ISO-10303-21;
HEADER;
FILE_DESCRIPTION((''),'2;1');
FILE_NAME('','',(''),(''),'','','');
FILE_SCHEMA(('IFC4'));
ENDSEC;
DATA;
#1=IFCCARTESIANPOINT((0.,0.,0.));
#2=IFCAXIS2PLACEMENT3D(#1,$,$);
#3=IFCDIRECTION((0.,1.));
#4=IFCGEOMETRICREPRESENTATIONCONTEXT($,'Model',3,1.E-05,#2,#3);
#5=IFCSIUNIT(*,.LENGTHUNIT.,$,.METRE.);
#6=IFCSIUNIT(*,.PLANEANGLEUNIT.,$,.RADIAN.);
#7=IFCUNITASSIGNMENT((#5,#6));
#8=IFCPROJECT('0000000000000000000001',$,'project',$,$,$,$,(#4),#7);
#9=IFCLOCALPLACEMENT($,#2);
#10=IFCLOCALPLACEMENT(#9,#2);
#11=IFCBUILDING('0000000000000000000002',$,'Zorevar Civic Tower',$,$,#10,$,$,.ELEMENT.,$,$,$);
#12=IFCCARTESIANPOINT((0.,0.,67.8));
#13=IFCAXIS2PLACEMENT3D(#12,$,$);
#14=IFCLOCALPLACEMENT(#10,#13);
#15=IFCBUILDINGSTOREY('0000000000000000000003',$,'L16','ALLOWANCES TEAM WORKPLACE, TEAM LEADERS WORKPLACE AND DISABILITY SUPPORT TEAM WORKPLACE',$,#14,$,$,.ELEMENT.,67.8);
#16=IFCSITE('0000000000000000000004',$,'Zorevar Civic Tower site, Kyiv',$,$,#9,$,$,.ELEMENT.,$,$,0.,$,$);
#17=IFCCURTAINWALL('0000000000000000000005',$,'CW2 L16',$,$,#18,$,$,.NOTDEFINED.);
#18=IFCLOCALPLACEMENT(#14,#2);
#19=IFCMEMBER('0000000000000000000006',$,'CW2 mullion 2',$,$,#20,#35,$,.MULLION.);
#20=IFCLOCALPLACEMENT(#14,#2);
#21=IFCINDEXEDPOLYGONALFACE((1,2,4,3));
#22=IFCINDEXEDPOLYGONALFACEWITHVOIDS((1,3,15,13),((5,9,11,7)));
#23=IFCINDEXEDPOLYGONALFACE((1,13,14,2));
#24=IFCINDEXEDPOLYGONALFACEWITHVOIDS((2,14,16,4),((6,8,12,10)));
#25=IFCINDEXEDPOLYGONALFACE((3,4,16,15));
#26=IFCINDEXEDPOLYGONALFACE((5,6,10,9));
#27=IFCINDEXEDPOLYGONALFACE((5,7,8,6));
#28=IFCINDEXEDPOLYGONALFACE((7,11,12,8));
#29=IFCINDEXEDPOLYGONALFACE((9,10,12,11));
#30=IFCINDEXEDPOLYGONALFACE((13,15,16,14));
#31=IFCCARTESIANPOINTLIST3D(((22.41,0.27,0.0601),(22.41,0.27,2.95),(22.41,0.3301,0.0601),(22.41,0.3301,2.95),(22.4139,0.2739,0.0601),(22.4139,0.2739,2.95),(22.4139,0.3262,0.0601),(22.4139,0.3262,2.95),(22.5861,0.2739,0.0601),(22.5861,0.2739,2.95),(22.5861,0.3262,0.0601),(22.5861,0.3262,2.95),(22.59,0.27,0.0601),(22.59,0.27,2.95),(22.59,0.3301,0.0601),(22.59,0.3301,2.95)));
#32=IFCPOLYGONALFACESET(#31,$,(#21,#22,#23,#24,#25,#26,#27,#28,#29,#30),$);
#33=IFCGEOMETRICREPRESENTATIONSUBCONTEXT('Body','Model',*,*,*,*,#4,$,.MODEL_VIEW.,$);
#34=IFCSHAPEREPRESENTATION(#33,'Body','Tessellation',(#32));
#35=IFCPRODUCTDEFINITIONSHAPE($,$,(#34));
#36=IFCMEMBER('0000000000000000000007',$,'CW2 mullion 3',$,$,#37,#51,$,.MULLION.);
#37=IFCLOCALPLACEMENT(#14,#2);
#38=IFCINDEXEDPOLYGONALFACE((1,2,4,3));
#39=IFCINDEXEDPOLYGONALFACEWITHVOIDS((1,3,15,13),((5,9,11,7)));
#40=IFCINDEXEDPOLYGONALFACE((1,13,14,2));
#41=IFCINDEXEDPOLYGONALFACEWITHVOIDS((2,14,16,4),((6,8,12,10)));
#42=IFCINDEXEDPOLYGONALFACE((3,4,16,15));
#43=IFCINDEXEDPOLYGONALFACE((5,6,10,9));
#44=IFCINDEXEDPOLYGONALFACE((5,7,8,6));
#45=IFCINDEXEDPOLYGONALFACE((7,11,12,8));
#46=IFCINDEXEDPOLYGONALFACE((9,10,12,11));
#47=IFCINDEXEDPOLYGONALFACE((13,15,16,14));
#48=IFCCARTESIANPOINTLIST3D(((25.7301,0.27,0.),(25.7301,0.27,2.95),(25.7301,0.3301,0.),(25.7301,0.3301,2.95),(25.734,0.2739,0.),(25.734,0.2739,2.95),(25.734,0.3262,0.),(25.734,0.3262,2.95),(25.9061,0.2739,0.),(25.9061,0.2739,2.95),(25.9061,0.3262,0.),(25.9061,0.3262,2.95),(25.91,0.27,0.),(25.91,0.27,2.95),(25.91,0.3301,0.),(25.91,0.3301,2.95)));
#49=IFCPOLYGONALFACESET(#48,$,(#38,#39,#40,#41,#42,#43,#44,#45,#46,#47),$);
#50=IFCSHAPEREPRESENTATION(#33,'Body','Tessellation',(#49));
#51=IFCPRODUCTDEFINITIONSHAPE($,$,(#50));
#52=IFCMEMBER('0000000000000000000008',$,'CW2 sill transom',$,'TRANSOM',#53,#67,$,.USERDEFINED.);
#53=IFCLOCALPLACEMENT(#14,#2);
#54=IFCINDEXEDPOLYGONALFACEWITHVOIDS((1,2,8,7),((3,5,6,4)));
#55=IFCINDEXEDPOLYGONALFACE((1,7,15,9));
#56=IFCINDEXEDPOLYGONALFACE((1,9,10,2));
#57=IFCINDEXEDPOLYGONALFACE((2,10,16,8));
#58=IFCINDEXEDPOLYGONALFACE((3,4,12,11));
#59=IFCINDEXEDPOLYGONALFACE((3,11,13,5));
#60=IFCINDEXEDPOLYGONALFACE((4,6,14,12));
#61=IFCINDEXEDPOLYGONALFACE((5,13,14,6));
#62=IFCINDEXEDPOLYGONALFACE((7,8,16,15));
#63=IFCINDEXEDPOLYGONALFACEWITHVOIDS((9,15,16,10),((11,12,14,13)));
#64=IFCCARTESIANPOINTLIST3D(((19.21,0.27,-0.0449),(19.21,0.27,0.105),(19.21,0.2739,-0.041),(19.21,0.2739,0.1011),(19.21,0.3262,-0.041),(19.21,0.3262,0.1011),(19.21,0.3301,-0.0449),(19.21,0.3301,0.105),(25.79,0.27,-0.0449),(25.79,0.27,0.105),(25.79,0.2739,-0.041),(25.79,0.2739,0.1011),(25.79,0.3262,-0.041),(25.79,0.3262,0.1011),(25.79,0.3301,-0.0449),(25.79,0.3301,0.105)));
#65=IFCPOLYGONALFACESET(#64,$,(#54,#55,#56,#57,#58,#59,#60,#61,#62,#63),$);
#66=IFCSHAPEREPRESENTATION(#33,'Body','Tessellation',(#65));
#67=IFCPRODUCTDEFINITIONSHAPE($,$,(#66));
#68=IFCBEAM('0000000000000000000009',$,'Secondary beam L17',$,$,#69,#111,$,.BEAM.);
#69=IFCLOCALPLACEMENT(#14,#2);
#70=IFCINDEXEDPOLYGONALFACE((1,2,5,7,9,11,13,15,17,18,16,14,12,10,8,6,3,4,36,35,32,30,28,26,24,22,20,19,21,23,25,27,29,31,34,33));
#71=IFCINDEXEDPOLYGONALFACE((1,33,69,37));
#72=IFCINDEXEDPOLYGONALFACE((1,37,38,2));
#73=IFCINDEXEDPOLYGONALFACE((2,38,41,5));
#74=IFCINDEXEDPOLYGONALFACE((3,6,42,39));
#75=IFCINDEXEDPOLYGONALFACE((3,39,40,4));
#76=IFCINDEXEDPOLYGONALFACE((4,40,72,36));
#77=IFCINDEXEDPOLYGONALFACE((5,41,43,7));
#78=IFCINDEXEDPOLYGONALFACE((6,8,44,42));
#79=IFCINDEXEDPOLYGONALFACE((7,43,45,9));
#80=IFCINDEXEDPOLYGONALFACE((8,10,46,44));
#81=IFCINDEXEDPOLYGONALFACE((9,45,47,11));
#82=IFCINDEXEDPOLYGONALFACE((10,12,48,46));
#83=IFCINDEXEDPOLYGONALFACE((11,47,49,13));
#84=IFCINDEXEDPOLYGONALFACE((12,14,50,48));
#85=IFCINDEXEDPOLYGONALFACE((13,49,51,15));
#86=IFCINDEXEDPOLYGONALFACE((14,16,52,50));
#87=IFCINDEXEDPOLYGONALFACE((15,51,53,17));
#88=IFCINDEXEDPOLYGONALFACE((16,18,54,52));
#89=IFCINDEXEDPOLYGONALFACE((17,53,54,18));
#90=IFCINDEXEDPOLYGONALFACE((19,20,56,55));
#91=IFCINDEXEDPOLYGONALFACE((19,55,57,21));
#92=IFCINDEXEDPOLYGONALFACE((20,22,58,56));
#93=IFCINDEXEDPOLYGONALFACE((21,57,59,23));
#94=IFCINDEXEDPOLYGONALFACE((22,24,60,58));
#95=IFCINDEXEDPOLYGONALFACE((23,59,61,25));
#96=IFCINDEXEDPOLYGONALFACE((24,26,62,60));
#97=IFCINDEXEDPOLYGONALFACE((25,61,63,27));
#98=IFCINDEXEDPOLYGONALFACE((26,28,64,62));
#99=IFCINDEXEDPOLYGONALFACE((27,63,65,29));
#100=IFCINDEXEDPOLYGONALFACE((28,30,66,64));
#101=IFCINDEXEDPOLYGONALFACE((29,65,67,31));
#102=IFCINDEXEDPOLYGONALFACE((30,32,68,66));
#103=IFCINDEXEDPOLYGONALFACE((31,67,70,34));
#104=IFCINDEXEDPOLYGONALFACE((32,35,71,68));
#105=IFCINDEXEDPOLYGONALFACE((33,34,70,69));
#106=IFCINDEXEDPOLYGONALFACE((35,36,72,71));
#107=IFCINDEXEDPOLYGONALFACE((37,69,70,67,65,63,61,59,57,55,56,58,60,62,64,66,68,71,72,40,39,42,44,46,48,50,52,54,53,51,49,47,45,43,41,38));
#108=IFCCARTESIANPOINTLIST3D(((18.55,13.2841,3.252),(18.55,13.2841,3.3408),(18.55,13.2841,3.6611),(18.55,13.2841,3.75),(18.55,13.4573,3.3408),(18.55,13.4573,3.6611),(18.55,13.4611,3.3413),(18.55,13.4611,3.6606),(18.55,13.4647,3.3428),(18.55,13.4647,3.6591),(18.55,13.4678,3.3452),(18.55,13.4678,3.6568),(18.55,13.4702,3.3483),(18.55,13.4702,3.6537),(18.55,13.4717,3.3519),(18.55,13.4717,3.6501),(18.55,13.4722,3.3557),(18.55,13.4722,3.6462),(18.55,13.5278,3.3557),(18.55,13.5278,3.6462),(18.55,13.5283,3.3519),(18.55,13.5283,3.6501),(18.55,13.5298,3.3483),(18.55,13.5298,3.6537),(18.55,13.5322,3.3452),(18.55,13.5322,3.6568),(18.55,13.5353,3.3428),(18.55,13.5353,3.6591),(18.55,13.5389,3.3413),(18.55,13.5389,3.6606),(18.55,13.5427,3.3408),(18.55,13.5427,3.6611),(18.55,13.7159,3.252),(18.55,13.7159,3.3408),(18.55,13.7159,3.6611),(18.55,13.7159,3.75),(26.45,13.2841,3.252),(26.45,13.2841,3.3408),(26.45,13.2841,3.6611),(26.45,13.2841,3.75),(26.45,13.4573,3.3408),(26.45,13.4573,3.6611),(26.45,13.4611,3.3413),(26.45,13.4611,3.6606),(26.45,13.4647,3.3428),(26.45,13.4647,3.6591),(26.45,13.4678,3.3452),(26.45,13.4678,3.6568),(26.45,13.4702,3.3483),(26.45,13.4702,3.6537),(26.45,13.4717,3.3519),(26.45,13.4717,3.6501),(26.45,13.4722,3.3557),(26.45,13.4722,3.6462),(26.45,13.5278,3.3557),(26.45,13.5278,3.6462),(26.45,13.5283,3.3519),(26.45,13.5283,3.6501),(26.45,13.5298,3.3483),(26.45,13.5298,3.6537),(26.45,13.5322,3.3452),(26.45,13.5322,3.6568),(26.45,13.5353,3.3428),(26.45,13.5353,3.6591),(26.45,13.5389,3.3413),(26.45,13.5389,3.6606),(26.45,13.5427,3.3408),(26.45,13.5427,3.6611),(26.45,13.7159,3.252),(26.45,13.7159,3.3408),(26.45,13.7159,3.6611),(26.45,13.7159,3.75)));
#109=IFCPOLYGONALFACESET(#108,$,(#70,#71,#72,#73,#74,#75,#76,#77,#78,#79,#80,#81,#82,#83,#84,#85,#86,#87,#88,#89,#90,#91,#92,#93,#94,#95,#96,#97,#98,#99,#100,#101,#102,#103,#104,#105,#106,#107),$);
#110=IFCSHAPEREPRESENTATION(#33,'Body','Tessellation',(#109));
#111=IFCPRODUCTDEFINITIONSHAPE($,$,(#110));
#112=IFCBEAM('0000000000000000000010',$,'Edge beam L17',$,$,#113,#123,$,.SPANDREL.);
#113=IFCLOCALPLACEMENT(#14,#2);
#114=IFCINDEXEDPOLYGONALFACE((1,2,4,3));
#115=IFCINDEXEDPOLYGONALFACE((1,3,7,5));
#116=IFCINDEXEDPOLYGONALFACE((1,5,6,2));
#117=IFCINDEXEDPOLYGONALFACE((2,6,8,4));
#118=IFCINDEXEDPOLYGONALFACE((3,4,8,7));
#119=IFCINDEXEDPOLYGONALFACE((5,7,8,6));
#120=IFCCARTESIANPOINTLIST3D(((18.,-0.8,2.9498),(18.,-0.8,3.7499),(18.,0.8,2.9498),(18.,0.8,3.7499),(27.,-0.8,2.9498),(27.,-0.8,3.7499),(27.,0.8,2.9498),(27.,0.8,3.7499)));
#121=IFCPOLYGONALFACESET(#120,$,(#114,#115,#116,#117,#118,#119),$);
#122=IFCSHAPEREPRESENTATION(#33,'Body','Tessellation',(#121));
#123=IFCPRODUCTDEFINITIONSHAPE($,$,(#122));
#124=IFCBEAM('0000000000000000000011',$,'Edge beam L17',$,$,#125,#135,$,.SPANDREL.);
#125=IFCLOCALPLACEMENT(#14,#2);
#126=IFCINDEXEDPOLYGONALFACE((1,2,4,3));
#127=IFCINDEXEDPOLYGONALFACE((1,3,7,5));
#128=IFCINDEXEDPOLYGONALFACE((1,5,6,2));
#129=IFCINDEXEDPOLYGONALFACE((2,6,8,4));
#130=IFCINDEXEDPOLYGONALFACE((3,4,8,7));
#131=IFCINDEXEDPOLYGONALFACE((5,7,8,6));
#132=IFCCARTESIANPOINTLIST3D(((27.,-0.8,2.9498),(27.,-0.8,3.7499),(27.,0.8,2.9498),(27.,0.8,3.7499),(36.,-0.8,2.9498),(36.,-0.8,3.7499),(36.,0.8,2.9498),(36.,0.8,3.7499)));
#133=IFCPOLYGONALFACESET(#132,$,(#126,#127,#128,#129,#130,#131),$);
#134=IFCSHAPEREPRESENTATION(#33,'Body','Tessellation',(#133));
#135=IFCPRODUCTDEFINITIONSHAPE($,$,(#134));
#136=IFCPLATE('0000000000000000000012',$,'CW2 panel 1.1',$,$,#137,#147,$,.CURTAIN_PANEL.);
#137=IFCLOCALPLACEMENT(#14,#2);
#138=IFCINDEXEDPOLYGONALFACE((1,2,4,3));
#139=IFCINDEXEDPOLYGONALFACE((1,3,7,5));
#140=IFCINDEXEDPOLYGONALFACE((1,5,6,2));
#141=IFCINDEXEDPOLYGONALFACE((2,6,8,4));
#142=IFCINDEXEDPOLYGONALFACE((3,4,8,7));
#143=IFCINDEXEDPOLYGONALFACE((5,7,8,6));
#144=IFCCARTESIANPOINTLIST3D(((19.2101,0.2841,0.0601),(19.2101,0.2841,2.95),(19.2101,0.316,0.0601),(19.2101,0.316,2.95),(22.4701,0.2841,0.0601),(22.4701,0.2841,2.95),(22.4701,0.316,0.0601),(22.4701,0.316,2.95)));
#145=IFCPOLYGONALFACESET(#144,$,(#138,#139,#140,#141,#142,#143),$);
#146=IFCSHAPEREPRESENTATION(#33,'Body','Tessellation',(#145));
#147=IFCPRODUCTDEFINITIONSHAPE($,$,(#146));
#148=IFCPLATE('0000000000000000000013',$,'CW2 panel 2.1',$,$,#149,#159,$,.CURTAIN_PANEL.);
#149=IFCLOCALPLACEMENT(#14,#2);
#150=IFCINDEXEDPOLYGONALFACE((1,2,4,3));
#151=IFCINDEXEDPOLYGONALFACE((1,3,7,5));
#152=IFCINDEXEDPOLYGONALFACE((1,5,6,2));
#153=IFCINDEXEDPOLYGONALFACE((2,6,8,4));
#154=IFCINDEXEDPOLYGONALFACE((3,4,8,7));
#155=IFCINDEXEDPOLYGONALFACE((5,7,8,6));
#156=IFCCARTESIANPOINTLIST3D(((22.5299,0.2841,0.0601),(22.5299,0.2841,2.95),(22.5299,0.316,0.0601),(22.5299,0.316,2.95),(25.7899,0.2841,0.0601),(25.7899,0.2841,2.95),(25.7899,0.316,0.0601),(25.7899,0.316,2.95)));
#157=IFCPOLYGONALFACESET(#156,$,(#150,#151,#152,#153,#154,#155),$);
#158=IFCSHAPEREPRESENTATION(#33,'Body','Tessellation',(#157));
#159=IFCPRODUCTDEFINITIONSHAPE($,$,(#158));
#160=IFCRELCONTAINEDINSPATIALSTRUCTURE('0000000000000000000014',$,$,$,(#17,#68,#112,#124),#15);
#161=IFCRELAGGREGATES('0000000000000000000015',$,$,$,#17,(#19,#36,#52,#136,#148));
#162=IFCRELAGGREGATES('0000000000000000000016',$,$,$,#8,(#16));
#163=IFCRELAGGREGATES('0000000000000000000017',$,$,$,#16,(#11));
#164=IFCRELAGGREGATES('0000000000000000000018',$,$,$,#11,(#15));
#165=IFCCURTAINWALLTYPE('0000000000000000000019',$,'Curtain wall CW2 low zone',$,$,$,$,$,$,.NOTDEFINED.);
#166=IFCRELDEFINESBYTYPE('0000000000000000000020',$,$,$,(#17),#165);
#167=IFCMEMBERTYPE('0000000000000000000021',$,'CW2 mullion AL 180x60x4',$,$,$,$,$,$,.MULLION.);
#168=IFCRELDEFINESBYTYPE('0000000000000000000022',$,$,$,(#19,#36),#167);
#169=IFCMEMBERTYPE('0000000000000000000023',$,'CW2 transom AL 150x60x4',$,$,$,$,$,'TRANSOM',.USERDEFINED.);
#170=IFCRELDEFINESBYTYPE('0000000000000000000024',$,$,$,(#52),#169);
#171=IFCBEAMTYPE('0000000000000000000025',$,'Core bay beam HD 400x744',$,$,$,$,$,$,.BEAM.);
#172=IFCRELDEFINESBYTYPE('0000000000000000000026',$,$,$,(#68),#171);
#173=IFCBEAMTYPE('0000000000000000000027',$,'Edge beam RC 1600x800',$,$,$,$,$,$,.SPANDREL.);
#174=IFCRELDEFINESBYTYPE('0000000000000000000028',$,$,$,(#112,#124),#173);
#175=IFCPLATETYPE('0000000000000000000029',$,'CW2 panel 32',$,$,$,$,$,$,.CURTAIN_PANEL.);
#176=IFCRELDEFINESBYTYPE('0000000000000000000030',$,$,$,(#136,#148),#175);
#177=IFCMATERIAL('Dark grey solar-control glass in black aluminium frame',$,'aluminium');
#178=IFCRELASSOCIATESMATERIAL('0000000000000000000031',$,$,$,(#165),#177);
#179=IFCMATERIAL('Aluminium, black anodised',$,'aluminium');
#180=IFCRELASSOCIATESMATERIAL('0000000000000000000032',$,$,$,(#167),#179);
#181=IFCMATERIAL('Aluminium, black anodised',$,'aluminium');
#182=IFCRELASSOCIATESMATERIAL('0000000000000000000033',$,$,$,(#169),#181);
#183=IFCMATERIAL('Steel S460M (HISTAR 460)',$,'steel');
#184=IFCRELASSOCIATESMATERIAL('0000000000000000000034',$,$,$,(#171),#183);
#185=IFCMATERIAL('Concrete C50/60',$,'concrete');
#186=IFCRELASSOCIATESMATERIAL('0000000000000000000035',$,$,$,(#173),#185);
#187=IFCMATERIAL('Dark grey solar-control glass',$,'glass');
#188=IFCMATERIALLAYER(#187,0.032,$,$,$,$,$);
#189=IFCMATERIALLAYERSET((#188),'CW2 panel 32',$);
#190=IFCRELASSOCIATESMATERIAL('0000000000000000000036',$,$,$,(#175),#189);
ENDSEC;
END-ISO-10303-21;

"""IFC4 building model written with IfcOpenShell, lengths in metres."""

from ifc_helpers import new_model, si_unit, direction, frame, origin, origin_2d, place, context, subcontext, project, spatial, rectangle, hollow_rectangle, i_section, extrude, material, layer, layer_set, material_profile, profile_set, type_object, element, aggregate, save


model = new_model("IFC4")

# Units and contexts
model_context = context("Model", 3, precision=1e-05, world=origin(), true_north=direction((0.0, 1.0)))
body_context = subcontext(model_context, "Body", "Model", "MODEL_VIEW")
ifc_project = project(units=[si_unit("LENGTHUNIT", "METRE"), si_unit("PLANEANGLEUNIT", "RADIAN")], contexts=[model_context])

# Site, building, storey
site_placement = place(None, origin())
site = spatial("IfcSite", under=ifc_project, at=site_placement, Name="Zorevar Civic Tower site, Kyiv", CompositionType="ELEMENT", RefElevation=0.0)
building_placement = place(site_placement, origin())
building = spatial("IfcBuilding", under=site, at=building_placement, Name="Zorevar Civic Tower", CompositionType="ELEMENT")
storey_placement = place(building_placement, frame((0.0, 0.0, 67.8)))
storey = spatial("IfcBuildingStorey", under=building, at=storey_placement, Name="L16", Description="ALLOWANCES TEAM WORKPLACE, TEAM LEADERS WORKPLACE AND DISABILITY SUPPORT TEAM WORKPLACE", CompositionType="ELEMENT", Elevation=67.8)

# Shared definitions
ifc_material_1 = material(Name="Dark grey solar-control glass in black aluminium frame", Category="aluminium")
curtain_wall_type = type_object("IfcCurtainWallType", Name="Curtain wall CW2 low zone", PredefinedType="NOTDEFINED", material=ifc_material_1)
ifc_material_2 = material(Name="Aluminium, black anodised", Category="aluminium")
ifc_material_profile_1 = material_profile(ifc_material_2, hollow_rectangle(XDim=0.0601, YDim=0.1799, WallThickness=0.0039, at=origin_2d()), Name="AL 180x60x4")
ifc_profile_set_1 = profile_set([ifc_material_profile_1], Name="Aluminium, black anodised")
member_type_1 = type_object("IfcMemberType", Name="CW2 mullion AL 180x60x4", PredefinedType="MULLION", material=ifc_profile_set_1)

# Curtain wall, members
curtain_wall_1_placement = place(storey_placement, origin())
curtain_wall_1 = element("IfcCurtainWall", 1, at=curtain_wall_1_placement, inside=storey, type_object=curtain_wall_type, Name="CW2 L16", PredefinedType="NOTDEFINED")
member_1_placement = place(storey_placement, frame((22.5, 0.3, 0.0601), z_axis=(0.0, 0.0, 1.0), x_axis=(0.0, 1.0, 0.0)))
member_1 = element("IfcMember", 2, at=member_1_placement, type_object=member_type_1, Name="CW2 mullion 2", PredefinedType="MULLION", context=body_context, shape_type="SweptSolid", body=[
    extrude(hollow_rectangle(XDim=0.0601, YDim=0.1799, WallThickness=0.0039, at=origin_2d()), origin(), (0.0, 0.0, 1.0), 2.8899),
])
member_2_placement = place(storey_placement, frame((25.8201, 0.3, 0.0), z_axis=(0.0, 0.0, 1.0), x_axis=(0.0, 1.0, 0.0)))
member_2 = element("IfcMember", 3, at=member_2_placement, type_object=member_type_1, Name="CW2 mullion 3", PredefinedType="MULLION", context=body_context, shape_type="SweptSolid", body=[
    extrude(hollow_rectangle(XDim=0.0601, YDim=0.1799, WallThickness=0.0039, at=origin_2d()), origin(), (0.0, 0.0, 1.0), 2.95),
])
ifc_material_3 = material(Name="Aluminium, black anodised", Category="aluminium")
ifc_material_profile_2 = material_profile(ifc_material_3, hollow_rectangle(XDim=0.0601, YDim=0.1499, WallThickness=0.0039, at=origin_2d()), Name="AL 150x60x4")
ifc_profile_set_2 = profile_set([ifc_material_profile_2], Name="Aluminium, black anodised")
member_type_2 = type_object("IfcMemberType", Name="CW2 transom AL 150x60x4", ElementType="TRANSOM", PredefinedType="USERDEFINED", material=ifc_profile_set_2)
member_3_placement = place(storey_placement, frame((19.21, 0.3, 0.03), z_axis=(1.0, 0.0, 0.0), x_axis=(0.0, 1.0, 0.0)))
member_3 = element("IfcMember", 4, at=member_3_placement, type_object=member_type_2, Name="CW2 sill transom", ObjectType="TRANSOM", PredefinedType="USERDEFINED", context=body_context, shape_type="SweptSolid", body=[
    extrude(hollow_rectangle(XDim=0.0601, YDim=0.1499, WallThickness=0.0039, at=origin_2d()), origin(), (0.0, 0.0, 1.0), 6.5801),
])

# Beams
ifc_material_4 = material(Name="Steel S460M (HISTAR 460)", Category="steel")
ifc_material_profile_3 = material_profile(ifc_material_4, i_section(OverallWidth=0.4319, OverallDepth=0.498, WebThickness=0.0557, FlangeThickness=0.0889, FilletRadius=0.0149, at=origin_2d()), Name="HD 400x744")
ifc_profile_set_3 = profile_set([ifc_material_profile_3], Name="Steel S460M (HISTAR 460)")
beam_type_1 = type_object("IfcBeamType", Name="Core bay beam HD 400x744", PredefinedType="BEAM", material=ifc_profile_set_3)
beam_1_placement = place(storey_placement, frame((18.55, 13.5, 3.501), z_axis=(1.0, 0.0, 0.0), x_axis=(0.0, 1.0, 0.0)))
element("IfcBeam", 5, at=beam_1_placement, inside=storey, type_object=beam_type_1, Name="Secondary beam L17", PredefinedType="BEAM", context=body_context, shape_type="SweptSolid", body=[
    extrude(i_section(OverallWidth=0.4319, OverallDepth=0.498, WebThickness=0.0557, FlangeThickness=0.0889, FilletRadius=0.0149, at=origin_2d()), origin(), (0.0, 0.0, 1.0), 7.8999),
])
ifc_material_5 = material(Name="Concrete C50/60", Category="concrete")
ifc_material_profile_4 = material_profile(ifc_material_5, rectangle(XDim=1.6001, YDim=0.8, at=origin_2d()), Name="RC 1600x800")
ifc_profile_set_4 = profile_set([ifc_material_profile_4], Name="Concrete C50/60")
beam_type_2 = type_object("IfcBeamType", Name="Edge beam RC 1600x800", PredefinedType="SPANDREL", material=ifc_profile_set_4)
for number, where, z_axis, x_axis, name in (
    (6, (18.0, 0.0, 3.3499), (1.0, 0.0, 0.0), (0.0, 1.0, 0.0), "Edge beam L17"),
    (7, (27.0, 0.0, 3.3499), (1.0, 0.0, 0.0), (0.0, 1.0, 0.0), "Edge beam L17"),
):
    element("IfcBeam", number, at=place(storey_placement, frame(where, z_axis=z_axis, x_axis=x_axis)), inside=storey, type_object=beam_type_2, Name=name, PredefinedType="SPANDREL", context=body_context, shape_type="SweptSolid", body=[
        extrude(rectangle(XDim=1.6001, YDim=0.8, at=origin_2d()), origin(), (0.0, 0.0, 1.0), 9.0),
    ])

# Plates
ifc_material_6 = material(Name="Dark grey solar-control glass", Category="glass")
ifc_layer_1 = layer(ifc_material_6, 0.032)
ifc_layer_set_1 = layer_set([ifc_layer_1], Name="CW2 panel 32")
plate_type = type_object("IfcPlateType", Name="CW2 panel 32", PredefinedType="CURTAIN_PANEL", material=ifc_layer_set_1)
plate_1_placement = place(storey_placement, frame((20.8401, 0.3, 0.0601), z_axis=(0.0, 0.0, 1.0), x_axis=(1.0, 0.0, 0.0)))
plate_1 = element("IfcPlate", 8, at=plate_1_placement, type_object=plate_type, Name="CW2 panel 1.1", PredefinedType="CURTAIN_PANEL", context=body_context, shape_type="SweptSolid", body=[
    extrude(rectangle(XDim=3.26, YDim=0.032, at=origin_2d()), origin(), (0.0, 0.0, 1.0), 2.8899),
])
plate_2_placement = place(storey_placement, frame((24.1599, 0.3, 0.0601), z_axis=(0.0, 0.0, 1.0), x_axis=(1.0, 0.0, 0.0)))
plate_2 = element("IfcPlate", 9, at=plate_2_placement, type_object=plate_type, Name="CW2 panel 2.1", PredefinedType="CURTAIN_PANEL", context=body_context, shape_type="SweptSolid", body=[
    extrude(rectangle(XDim=3.26, YDim=0.032, at=origin_2d()), origin(), (0.0, 0.0, 1.0), 2.8899),
])
aggregate(curtain_wall_1, [member_1, member_2, member_3, plate_1, plate_2])

save(model, "model.ifc")
